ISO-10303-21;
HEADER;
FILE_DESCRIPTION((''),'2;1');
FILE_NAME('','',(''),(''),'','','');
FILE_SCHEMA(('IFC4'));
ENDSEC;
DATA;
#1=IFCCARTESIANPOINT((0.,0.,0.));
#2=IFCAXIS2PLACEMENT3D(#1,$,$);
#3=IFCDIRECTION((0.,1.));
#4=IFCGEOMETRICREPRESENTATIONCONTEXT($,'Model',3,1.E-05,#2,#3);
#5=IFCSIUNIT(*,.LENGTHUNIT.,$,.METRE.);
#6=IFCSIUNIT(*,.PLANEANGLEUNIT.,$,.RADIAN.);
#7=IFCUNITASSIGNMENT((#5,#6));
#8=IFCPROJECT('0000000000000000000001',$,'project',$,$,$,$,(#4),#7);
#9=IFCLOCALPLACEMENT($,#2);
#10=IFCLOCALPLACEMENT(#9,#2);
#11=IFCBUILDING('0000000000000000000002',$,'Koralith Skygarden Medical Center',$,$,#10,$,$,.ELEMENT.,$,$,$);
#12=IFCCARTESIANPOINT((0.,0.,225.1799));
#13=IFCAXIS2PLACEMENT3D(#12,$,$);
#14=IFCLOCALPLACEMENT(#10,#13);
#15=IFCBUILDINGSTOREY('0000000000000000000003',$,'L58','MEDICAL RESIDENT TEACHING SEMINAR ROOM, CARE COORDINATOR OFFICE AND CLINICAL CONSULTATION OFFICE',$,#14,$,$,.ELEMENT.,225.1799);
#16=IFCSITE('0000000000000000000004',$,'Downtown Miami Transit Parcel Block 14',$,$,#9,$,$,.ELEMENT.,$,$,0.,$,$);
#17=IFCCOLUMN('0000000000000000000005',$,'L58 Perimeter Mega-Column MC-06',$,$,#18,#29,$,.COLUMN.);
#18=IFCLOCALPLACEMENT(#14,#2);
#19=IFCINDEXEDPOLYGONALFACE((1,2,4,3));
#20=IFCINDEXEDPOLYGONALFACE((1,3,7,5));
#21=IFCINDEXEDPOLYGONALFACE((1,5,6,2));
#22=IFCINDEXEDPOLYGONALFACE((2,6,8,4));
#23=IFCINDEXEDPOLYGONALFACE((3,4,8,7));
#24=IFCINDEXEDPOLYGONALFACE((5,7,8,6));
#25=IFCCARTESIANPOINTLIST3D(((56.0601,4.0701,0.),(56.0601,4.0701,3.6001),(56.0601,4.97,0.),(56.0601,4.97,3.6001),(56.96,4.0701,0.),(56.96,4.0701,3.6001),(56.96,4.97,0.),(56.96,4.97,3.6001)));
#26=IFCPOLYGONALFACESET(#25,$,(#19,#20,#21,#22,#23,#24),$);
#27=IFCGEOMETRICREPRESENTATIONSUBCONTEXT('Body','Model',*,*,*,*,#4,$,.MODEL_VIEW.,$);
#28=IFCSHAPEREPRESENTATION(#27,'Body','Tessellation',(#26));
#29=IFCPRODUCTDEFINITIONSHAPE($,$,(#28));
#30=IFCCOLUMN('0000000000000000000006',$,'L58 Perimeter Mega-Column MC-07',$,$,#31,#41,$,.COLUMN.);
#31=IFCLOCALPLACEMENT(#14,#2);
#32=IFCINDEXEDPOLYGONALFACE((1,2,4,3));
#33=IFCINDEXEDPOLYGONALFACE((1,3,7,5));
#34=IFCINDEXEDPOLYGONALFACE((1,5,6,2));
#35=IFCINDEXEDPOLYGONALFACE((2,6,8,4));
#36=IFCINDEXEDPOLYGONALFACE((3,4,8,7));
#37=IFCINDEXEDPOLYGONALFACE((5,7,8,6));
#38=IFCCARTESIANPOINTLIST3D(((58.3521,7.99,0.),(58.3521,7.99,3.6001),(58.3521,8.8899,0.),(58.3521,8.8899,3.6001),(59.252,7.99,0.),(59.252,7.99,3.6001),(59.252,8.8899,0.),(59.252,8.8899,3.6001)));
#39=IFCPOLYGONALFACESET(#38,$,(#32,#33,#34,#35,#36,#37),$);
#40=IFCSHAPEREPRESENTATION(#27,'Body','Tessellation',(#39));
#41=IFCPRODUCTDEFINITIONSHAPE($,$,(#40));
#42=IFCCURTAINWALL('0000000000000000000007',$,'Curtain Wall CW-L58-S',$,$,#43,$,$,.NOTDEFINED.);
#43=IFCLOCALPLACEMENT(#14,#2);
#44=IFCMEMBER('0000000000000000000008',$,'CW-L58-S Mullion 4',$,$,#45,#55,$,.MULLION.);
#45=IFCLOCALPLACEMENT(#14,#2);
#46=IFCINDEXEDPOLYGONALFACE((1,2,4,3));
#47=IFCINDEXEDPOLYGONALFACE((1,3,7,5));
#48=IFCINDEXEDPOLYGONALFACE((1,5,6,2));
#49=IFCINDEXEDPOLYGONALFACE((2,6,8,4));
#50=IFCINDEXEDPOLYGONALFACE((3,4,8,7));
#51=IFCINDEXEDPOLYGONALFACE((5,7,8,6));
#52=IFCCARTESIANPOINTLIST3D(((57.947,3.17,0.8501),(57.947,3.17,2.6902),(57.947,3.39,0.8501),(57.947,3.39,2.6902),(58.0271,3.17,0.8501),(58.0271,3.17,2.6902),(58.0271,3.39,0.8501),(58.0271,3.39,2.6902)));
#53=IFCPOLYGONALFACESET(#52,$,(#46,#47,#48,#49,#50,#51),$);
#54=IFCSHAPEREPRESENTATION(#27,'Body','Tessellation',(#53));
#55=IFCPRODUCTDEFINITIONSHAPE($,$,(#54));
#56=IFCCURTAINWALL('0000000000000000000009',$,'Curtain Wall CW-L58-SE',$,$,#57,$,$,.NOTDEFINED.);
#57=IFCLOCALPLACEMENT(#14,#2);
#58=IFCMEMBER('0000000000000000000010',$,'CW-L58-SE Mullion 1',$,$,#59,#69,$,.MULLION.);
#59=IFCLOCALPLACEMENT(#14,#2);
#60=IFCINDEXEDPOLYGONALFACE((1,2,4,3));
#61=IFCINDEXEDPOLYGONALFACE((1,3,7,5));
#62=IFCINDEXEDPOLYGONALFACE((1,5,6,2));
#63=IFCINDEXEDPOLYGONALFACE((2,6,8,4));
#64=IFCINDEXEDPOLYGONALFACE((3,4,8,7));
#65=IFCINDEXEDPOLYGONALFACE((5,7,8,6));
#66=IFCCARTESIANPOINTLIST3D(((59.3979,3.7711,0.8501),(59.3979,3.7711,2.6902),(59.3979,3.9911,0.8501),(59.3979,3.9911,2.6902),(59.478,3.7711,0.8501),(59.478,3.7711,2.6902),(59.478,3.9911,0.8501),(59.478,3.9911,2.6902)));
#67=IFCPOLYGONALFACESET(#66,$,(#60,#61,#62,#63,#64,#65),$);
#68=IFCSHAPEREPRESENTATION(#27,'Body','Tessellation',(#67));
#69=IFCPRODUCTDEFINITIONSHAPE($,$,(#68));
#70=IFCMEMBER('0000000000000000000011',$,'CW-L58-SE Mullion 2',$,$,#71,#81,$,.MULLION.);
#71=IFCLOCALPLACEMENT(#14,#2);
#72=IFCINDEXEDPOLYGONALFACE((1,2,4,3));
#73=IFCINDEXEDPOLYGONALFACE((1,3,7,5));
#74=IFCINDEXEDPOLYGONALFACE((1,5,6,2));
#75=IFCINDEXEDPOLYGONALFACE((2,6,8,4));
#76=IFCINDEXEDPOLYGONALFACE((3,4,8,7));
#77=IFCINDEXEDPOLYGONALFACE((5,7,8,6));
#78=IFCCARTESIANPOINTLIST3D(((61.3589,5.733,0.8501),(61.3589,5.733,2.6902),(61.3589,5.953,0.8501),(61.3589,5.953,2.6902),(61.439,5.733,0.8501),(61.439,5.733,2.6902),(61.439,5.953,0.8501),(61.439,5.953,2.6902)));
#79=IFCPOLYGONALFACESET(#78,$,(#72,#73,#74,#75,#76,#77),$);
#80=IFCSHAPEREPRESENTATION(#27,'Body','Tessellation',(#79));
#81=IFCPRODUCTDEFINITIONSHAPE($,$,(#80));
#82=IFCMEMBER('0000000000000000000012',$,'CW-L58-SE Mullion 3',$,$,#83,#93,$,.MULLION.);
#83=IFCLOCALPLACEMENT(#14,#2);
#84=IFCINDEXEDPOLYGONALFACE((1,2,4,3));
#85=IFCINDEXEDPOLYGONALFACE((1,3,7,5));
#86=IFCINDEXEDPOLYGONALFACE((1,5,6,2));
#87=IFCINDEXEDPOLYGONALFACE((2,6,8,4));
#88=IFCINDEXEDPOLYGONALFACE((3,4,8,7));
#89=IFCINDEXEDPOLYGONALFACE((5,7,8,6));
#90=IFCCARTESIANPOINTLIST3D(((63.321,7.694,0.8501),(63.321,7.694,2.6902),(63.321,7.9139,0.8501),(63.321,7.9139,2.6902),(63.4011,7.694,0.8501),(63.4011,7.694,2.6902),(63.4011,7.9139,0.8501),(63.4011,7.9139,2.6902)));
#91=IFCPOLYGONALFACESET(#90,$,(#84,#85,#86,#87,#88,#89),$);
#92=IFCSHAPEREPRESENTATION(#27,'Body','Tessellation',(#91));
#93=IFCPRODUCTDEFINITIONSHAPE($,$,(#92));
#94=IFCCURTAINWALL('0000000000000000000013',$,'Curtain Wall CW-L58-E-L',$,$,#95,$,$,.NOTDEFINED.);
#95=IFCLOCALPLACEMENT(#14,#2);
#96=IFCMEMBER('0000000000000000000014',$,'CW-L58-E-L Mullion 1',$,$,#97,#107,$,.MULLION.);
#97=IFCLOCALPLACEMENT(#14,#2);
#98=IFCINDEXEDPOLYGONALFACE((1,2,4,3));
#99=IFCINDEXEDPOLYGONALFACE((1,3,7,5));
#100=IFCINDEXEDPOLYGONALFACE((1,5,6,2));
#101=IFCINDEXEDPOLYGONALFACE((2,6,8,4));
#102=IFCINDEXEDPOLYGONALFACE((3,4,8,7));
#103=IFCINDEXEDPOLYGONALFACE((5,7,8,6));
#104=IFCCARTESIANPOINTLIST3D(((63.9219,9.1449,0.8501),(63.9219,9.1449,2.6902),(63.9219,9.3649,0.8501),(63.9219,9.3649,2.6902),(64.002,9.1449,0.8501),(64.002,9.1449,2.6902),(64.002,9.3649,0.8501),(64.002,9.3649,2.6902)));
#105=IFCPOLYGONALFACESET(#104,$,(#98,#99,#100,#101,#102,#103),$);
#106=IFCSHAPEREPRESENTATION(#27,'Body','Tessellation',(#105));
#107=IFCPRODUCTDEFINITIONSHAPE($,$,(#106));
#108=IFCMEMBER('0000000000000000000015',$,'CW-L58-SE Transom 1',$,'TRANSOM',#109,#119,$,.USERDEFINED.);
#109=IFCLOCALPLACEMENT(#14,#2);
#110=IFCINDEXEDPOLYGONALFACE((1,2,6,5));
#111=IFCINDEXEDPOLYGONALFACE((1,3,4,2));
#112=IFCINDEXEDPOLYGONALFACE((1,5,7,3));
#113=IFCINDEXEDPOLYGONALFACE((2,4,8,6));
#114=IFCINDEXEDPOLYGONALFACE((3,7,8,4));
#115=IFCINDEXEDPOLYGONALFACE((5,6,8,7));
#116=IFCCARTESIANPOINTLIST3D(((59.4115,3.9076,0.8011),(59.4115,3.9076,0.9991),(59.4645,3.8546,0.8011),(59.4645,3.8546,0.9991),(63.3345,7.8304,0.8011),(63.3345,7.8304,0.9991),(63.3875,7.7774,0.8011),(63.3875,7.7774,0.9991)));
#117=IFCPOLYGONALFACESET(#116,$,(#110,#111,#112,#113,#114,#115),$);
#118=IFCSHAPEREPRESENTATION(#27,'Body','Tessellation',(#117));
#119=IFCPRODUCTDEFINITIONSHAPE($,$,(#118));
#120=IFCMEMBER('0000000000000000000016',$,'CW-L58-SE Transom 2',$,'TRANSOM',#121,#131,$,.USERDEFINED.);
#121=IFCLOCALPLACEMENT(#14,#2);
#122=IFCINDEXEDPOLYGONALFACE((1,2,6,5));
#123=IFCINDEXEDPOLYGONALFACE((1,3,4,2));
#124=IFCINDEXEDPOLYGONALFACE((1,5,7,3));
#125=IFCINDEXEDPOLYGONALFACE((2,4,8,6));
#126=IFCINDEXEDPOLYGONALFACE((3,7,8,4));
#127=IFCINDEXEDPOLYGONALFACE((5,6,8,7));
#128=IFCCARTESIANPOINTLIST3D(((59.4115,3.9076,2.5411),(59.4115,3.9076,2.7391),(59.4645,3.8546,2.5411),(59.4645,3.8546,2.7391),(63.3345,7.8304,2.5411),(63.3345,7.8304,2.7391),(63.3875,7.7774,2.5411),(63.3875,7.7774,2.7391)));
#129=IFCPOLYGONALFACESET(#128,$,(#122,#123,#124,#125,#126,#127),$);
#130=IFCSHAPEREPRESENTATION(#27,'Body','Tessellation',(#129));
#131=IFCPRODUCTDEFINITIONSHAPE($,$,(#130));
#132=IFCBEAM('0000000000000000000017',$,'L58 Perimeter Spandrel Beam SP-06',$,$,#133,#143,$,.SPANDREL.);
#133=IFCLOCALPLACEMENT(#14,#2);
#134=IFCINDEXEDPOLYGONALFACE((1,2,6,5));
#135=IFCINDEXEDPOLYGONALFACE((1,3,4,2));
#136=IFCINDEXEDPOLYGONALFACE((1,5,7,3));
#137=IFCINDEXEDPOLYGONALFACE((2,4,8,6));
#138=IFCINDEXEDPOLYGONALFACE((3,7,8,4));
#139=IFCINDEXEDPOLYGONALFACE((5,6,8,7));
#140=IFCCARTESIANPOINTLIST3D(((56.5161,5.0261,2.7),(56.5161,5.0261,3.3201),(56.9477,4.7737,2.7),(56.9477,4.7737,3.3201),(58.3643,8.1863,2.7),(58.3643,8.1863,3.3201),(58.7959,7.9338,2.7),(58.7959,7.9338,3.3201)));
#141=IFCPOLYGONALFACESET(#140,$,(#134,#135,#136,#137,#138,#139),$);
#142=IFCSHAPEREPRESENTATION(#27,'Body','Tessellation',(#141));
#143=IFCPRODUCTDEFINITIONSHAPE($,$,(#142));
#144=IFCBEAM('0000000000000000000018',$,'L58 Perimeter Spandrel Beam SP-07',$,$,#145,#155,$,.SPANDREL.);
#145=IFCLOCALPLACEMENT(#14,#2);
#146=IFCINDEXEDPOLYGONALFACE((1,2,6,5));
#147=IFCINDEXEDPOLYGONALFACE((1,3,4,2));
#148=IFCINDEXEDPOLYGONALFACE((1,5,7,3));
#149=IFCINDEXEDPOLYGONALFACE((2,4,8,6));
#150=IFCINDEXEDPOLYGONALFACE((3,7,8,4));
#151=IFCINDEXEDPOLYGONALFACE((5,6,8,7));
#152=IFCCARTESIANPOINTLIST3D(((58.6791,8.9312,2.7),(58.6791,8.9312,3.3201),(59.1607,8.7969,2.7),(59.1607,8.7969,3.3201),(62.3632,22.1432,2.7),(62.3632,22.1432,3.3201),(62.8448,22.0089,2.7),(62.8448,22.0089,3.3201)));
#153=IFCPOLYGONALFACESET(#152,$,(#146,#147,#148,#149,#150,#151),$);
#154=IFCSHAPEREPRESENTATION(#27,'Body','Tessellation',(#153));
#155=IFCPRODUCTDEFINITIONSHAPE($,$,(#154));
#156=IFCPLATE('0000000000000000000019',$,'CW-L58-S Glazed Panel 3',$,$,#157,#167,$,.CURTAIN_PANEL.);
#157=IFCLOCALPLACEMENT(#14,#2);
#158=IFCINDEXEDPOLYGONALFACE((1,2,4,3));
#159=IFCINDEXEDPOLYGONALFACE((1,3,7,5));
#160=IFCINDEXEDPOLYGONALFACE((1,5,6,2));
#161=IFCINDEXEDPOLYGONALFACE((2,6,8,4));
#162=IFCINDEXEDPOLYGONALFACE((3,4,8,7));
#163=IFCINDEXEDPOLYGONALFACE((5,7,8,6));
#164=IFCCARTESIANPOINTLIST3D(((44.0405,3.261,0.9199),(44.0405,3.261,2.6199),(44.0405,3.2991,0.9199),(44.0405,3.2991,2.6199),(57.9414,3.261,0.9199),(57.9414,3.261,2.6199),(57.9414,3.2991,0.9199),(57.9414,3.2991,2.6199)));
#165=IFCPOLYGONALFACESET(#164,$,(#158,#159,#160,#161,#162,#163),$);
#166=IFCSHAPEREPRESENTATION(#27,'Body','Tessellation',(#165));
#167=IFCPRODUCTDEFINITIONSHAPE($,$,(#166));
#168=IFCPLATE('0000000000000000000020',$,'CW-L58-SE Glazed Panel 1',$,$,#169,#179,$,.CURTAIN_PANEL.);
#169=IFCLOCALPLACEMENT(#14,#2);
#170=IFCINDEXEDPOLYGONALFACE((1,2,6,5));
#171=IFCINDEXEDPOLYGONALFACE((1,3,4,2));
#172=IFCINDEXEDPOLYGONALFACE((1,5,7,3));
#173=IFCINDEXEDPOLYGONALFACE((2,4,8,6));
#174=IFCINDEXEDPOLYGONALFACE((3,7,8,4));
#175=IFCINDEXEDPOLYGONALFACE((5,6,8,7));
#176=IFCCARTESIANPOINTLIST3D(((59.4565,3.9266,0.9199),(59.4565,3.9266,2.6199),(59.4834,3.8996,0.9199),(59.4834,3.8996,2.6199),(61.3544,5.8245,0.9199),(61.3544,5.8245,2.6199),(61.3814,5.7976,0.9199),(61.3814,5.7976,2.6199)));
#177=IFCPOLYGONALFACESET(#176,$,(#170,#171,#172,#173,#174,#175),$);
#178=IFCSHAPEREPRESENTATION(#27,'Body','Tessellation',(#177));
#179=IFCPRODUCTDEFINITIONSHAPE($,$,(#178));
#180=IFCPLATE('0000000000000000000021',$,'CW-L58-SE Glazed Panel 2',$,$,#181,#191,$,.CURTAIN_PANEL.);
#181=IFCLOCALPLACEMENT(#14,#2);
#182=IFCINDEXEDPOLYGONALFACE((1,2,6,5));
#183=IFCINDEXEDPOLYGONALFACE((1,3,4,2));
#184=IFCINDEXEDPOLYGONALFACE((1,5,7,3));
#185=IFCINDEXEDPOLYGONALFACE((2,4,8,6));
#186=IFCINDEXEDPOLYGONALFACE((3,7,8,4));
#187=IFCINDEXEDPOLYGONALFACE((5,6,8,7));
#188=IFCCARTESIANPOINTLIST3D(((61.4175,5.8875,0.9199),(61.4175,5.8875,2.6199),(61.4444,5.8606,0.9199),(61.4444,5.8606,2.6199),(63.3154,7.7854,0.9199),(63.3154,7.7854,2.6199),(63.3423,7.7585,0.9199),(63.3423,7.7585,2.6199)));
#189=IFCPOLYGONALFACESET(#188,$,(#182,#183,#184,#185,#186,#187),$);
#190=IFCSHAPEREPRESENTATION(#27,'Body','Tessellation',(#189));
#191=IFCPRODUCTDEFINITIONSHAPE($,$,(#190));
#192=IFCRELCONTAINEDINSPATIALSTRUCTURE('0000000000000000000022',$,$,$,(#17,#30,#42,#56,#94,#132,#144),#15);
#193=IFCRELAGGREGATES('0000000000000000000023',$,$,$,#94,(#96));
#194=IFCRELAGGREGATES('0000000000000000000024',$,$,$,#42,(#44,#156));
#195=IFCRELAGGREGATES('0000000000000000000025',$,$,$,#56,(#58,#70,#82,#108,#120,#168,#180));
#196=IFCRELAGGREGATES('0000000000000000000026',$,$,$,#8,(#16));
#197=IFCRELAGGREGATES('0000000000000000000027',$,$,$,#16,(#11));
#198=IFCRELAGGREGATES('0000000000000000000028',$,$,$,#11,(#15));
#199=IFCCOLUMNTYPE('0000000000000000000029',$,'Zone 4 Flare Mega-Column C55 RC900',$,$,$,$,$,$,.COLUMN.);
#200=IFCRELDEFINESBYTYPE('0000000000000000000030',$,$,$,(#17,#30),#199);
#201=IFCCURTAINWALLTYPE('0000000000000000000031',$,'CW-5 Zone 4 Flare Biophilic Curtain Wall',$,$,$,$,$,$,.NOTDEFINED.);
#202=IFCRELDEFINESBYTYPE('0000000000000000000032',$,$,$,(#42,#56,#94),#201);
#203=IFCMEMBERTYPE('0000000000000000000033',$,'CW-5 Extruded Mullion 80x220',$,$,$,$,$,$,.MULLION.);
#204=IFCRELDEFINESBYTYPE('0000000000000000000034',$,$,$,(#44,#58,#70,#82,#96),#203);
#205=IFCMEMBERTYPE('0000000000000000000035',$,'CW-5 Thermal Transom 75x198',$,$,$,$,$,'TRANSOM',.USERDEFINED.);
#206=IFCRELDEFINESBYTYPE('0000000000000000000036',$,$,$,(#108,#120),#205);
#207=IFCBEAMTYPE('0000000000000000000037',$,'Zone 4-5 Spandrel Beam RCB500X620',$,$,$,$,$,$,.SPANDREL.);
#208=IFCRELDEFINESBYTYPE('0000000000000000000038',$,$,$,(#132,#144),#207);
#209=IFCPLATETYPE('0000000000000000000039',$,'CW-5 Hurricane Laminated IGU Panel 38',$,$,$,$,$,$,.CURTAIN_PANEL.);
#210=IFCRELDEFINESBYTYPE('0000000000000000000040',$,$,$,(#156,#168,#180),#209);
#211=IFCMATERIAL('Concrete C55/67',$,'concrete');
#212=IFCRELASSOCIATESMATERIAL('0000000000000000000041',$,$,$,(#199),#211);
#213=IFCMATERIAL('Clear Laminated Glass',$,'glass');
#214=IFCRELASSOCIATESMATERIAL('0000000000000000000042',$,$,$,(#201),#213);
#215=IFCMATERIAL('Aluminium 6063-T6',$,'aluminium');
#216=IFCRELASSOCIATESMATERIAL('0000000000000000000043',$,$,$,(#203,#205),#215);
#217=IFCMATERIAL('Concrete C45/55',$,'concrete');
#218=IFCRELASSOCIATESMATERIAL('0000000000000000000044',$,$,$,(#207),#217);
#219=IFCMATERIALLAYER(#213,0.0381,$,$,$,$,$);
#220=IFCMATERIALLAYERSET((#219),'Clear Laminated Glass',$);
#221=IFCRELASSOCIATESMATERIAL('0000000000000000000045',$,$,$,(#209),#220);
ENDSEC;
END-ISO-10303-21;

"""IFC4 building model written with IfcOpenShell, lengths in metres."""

from ifc_helpers import new_model, si_unit, direction, frame, origin, origin_2d, place, context, subcontext, project, spatial, rectangle, extrude, material, layer, layer_set, material_profile, profile_set, type_object, element, aggregate, save


model = new_model("IFC4")

# Units and contexts
model_context = context("Model", 3, precision=1e-05, world=origin(), true_north=direction((0.0, 1.0)))
body_context = subcontext(model_context, "Body", "Model", "MODEL_VIEW")
ifc_project = project(units=[si_unit("LENGTHUNIT", "METRE"), si_unit("PLANEANGLEUNIT", "RADIAN")], contexts=[model_context])

# Site, building, storey
site_placement = place(None, origin())
site = spatial("IfcSite", under=ifc_project, at=site_placement, Name="Downtown Miami Transit Parcel Block 14", CompositionType="ELEMENT", RefElevation=0.0)
building_placement = place(site_placement, origin())
building = spatial("IfcBuilding", under=site, at=building_placement, Name="Koralith Skygarden Medical Center", CompositionType="ELEMENT")
storey_placement = place(building_placement, frame((0.0, 0.0, 225.1799)))
storey = spatial("IfcBuildingStorey", under=building, at=storey_placement, Name="L58", Description="MEDICAL RESIDENT TEACHING SEMINAR ROOM, CARE COORDINATOR OFFICE AND CLINICAL CONSULTATION OFFICE", CompositionType="ELEMENT", Elevation=225.1799)

# Columns
ifc_material_1 = material(Name="Concrete C55/67", Category="concrete")
ifc_material_profile_1 = material_profile(ifc_material_1, rectangle(XDim=0.8999, YDim=0.8999, at=origin_2d()), Name="RC900X900")
ifc_profile_set_1 = profile_set([ifc_material_profile_1], Name="Concrete C55/67")
column_type = type_object("IfcColumnType", Name="Zone 4 Flare Mega-Column C55 RC900", PredefinedType="COLUMN", material=ifc_profile_set_1)
for number, where, z_axis, x_axis, name in (
    (1, (56.51, 4.52, 0.0), (0.0, 0.0, 1.0), (1.0, 0.0, 0.0), "L58 Perimeter Mega-Column MC-06"),
    (2, (58.802, 8.4399, 0.0), (0.0, 0.0, 1.0), (1.0, 0.0, 0.0), "L58 Perimeter Mega-Column MC-07"),
):
    element("IfcColumn", number, at=place(storey_placement, frame(where, z_axis=z_axis, x_axis=x_axis)), inside=storey, type_object=column_type, Name=name, PredefinedType="COLUMN", context=body_context, shape_type="SweptSolid", body=[
        extrude(rectangle(XDim=0.8999, YDim=0.8999, at=origin_2d()), origin(), (0.0, 0.0, 1.0), 3.6001),
    ])

# Curtain wall, member
ifc_material_2 = material(Name="Clear Laminated Glass", Category="glass")
curtain_wall_type = type_object("IfcCurtainWallType", Name="CW-5 Zone 4 Flare Biophilic Curtain Wall", PredefinedType="NOTDEFINED", material=ifc_material_2)
curtain_wall_1_placement = place(storey_placement, origin())
curtain_wall_1 = element("IfcCurtainWall", 3, at=curtain_wall_1_placement, inside=storey, type_object=curtain_wall_type, Name="Curtain Wall CW-L58-S", PredefinedType="NOTDEFINED")
ifc_material_3 = material(Name="Aluminium 6063-T6", Category="aluminium")
ifc_material_profile_2 = material_profile(ifc_material_3, rectangle(XDim=0.0801, YDim=0.22, at=origin_2d()), Name="MUL80X220")
ifc_profile_set_2 = profile_set([ifc_material_profile_2], Name="Aluminium 6063-T6")
member_type_1 = type_object("IfcMemberType", Name="CW-5 Extruded Mullion 80x220", PredefinedType="MULLION", material=ifc_profile_set_2)
member_1_placement = place(storey_placement, frame((57.9871, 3.28, 0.8501), z_axis=(0.0, 0.0, 1.0), x_axis=(1.0, 0.0, 0.0)))
member_1 = element("IfcMember", 4, at=member_1_placement, type_object=member_type_1, Name="CW-L58-S Mullion 4", PredefinedType="MULLION", context=body_context, shape_type="SweptSolid", body=[
    extrude(rectangle(XDim=0.0801, YDim=0.22, at=origin_2d()), origin(), (0.0, 0.0, 1.0), 1.8401),
])

# Curtain wall, members
curtain_wall_2_placement = place(storey_placement, origin())
curtain_wall_2 = element("IfcCurtainWall", 5, at=curtain_wall_2_placement, inside=storey, type_object=curtain_wall_type, Name="Curtain Wall CW-L58-SE", PredefinedType="NOTDEFINED")
member_2_placement = place(storey_placement, frame((59.438, 3.8811, 0.8501), z_axis=(0.0, 0.0, 1.0), x_axis=(1.0, 0.0, 0.0)))
member_2 = element("IfcMember", 6, at=member_2_placement, type_object=member_type_1, Name="CW-L58-SE Mullion 1", PredefinedType="MULLION", context=body_context, shape_type="SweptSolid", body=[
    extrude(rectangle(XDim=0.0801, YDim=0.22, at=origin_2d()), origin(), (0.0, 0.0, 1.0), 1.8401),
])
member_3_placement = place(storey_placement, frame((61.3989, 5.843, 0.8501), z_axis=(0.0, 0.0, 1.0), x_axis=(1.0, 0.0, 0.0)))
member_3 = element("IfcMember", 7, at=member_3_placement, type_object=member_type_1, Name="CW-L58-SE Mullion 2", PredefinedType="MULLION", context=body_context, shape_type="SweptSolid", body=[
    extrude(rectangle(XDim=0.0801, YDim=0.22, at=origin_2d()), origin(), (0.0, 0.0, 1.0), 1.8401),
])
member_4_placement = place(storey_placement, frame((63.3611, 7.804, 0.8501), z_axis=(0.0, 0.0, 1.0), x_axis=(1.0, 0.0, 0.0)))
member_4 = element("IfcMember", 8, at=member_4_placement, type_object=member_type_1, Name="CW-L58-SE Mullion 3", PredefinedType="MULLION", context=body_context, shape_type="SweptSolid", body=[
    extrude(rectangle(XDim=0.0801, YDim=0.22, at=origin_2d()), origin(), (0.0, 0.0, 1.0), 1.8401),
])

# Curtain wall, member
curtain_wall_3_placement = place(storey_placement, origin())
curtain_wall_3 = element("IfcCurtainWall", 9, at=curtain_wall_3_placement, inside=storey, type_object=curtain_wall_type, Name="Curtain Wall CW-L58-E-L", PredefinedType="NOTDEFINED")
member_5_placement = place(storey_placement, frame((63.9619, 9.2549, 0.8501), z_axis=(0.0, 0.0, 1.0), x_axis=(1.0, 0.0, 0.0)))
member_5 = element("IfcMember", 10, at=member_5_placement, type_object=member_type_1, Name="CW-L58-E-L Mullion 1", PredefinedType="MULLION", context=body_context, shape_type="SweptSolid", body=[
    extrude(rectangle(XDim=0.0801, YDim=0.22, at=origin_2d()), origin(), (0.0, 0.0, 1.0), 1.8401),
])
aggregate(curtain_wall_3, [member_5])

# Members
ifc_material_profile_3 = material_profile(ifc_material_3, rectangle(XDim=0.075, YDim=0.198, at=origin_2d()), Name="TRN75X198")
ifc_profile_set_3 = profile_set([ifc_material_profile_3], Name="Aluminium 6063-T6")
member_type_2 = type_object("IfcMemberType", Name="CW-5 Thermal Transom 75x198", ElementType="TRANSOM", PredefinedType="USERDEFINED", material=ifc_profile_set_3)
member_6_placement = place(storey_placement, frame((59.438, 3.8811, 0.9001), z_axis=(0.707129, 0.707085, 0.0), x_axis=(-0.707085, 0.707129, 0.0)))
member_6 = element("IfcMember", 11, at=member_6_placement, type_object=member_type_2, Name="CW-L58-SE Transom 1", ObjectType="TRANSOM", PredefinedType="USERDEFINED", context=body_context, shape_type="SweptSolid", body=[
    extrude(rectangle(XDim=0.075, YDim=0.198, at=origin_2d()), origin(), (0.0, 0.0, 1.0), 5.5479),
])
member_7_placement = place(storey_placement, frame((59.438, 3.8811, 2.6401), z_axis=(0.707129, 0.707085, 0.0), x_axis=(-0.707085, 0.707129, 0.0)))
member_7 = element("IfcMember", 12, at=member_7_placement, type_object=member_type_2, Name="CW-L58-SE Transom 2", ObjectType="TRANSOM", PredefinedType="USERDEFINED", context=body_context, shape_type="SweptSolid", body=[
    extrude(rectangle(XDim=0.075, YDim=0.198, at=origin_2d()), origin(), (0.0, 0.0, 1.0), 5.5479),
])

# Beams
ifc_material_4 = material(Name="Concrete C45/55", Category="concrete")
ifc_material_profile_4 = material_profile(ifc_material_4, rectangle(XDim=0.5, YDim=0.6201, at=origin_2d()), Name="RCB500X620")
ifc_profile_set_4 = profile_set([ifc_material_profile_4], Name="Concrete C45/55")
beam_type = type_object("IfcBeamType", Name="Zone 4-5 Spandrel Beam RCB500X620", PredefinedType="SPANDREL", material=ifc_profile_set_4)
beam_1_placement = place(storey_placement, frame((56.7319, 4.8999, 3.01), z_axis=(0.504833, 0.863217, 0.0), x_axis=(-0.863217, 0.504833, 0.0)))
element("IfcBeam", 13, at=beam_1_placement, inside=storey, type_object=beam_type, Name="L58 Perimeter Spandrel Beam SP-06", PredefinedType="SPANDREL", context=body_context, shape_type="SweptSolid", body=[
    extrude(rectangle(XDim=0.5, YDim=0.6201, at=origin_2d()), origin(), (0.0, 0.0, 1.0), 3.6609),
])
beam_2_placement = place(storey_placement, frame((58.9199, 8.864, 3.01), z_axis=(0.268598, 0.963252, 0.0), x_axis=(-0.963252, 0.268598, 0.0)))
element("IfcBeam", 14, at=beam_2_placement, inside=storey, type_object=beam_type, Name="L58 Perimeter Spandrel Beam SP-07", PredefinedType="SPANDREL", context=body_context, shape_type="SweptSolid", body=[
    extrude(rectangle(XDim=0.5, YDim=0.6201, at=origin_2d()), origin(), (0.0, 0.0, 1.0), 13.7161),
])

# Plates
ifc_layer_1 = layer(ifc_material_2, 0.0381)
ifc_layer_set_1 = layer_set([ifc_layer_1], Name="Clear Laminated Glass")
plate_type_1 = type_object("IfcPlateType", Name="CW-5 Hurricane Laminated IGU Panel 38", PredefinedType="CURTAIN_PANEL", material=ifc_layer_set_1)
plate_1_placement = place(storey_placement, frame((50.991, 3.28, 0.9199), z_axis=(0.0, 0.0, 1.0), x_axis=(1.0, 0.0, 0.0)))
plate_1 = element("IfcPlate", 15, at=plate_1_placement, type_object=plate_type_1, Name="CW-L58-S Glazed Panel 3", PredefinedType="CURTAIN_PANEL", context=body_context, shape_type="SweptSolid", body=[
    extrude(rectangle(XDim=13.9009, YDim=0.0381, at=origin_2d()), origin(), (0.0, 0.0, 1.0), 1.7),
])
aggregate(curtain_wall_1, [member_1, plate_1])
plate_2_placement = place(storey_placement, frame((60.4189, 4.8621, 0.9199), z_axis=(0.0, 0.0, 1.0), x_axis=(0.707107, 0.707107, 0.0)))
plate_2 = element("IfcPlate", 16, at=plate_2_placement, type_object=plate_type_1, Name="CW-L58-SE Glazed Panel 1", PredefinedType="CURTAIN_PANEL", context=body_context, shape_type="SweptSolid", body=[
    extrude(rectangle(XDim=2.6841, YDim=0.0381, at=origin_2d()), origin(), (0.0, 0.0, 1.0), 1.7),
])
plate_3_placement = place(storey_placement, frame((62.3799, 6.823, 0.9199), z_axis=(0.0, 0.0, 1.0), x_axis=(0.707107, 0.707107, 0.0)))
plate_3 = element("IfcPlate", 17, at=plate_3_placement, type_object=plate_type_1, Name="CW-L58-SE Glazed Panel 2", PredefinedType="CURTAIN_PANEL", context=body_context, shape_type="SweptSolid", body=[
    extrude(rectangle(XDim=2.6841, YDim=0.0381, at=origin_2d()), origin(), (0.0, 0.0, 1.0), 1.7),
])
aggregate(curtain_wall_2, [member_2, member_3, member_4, member_6, member_7, plate_2, plate_3])

save(model, "model.ifc")
